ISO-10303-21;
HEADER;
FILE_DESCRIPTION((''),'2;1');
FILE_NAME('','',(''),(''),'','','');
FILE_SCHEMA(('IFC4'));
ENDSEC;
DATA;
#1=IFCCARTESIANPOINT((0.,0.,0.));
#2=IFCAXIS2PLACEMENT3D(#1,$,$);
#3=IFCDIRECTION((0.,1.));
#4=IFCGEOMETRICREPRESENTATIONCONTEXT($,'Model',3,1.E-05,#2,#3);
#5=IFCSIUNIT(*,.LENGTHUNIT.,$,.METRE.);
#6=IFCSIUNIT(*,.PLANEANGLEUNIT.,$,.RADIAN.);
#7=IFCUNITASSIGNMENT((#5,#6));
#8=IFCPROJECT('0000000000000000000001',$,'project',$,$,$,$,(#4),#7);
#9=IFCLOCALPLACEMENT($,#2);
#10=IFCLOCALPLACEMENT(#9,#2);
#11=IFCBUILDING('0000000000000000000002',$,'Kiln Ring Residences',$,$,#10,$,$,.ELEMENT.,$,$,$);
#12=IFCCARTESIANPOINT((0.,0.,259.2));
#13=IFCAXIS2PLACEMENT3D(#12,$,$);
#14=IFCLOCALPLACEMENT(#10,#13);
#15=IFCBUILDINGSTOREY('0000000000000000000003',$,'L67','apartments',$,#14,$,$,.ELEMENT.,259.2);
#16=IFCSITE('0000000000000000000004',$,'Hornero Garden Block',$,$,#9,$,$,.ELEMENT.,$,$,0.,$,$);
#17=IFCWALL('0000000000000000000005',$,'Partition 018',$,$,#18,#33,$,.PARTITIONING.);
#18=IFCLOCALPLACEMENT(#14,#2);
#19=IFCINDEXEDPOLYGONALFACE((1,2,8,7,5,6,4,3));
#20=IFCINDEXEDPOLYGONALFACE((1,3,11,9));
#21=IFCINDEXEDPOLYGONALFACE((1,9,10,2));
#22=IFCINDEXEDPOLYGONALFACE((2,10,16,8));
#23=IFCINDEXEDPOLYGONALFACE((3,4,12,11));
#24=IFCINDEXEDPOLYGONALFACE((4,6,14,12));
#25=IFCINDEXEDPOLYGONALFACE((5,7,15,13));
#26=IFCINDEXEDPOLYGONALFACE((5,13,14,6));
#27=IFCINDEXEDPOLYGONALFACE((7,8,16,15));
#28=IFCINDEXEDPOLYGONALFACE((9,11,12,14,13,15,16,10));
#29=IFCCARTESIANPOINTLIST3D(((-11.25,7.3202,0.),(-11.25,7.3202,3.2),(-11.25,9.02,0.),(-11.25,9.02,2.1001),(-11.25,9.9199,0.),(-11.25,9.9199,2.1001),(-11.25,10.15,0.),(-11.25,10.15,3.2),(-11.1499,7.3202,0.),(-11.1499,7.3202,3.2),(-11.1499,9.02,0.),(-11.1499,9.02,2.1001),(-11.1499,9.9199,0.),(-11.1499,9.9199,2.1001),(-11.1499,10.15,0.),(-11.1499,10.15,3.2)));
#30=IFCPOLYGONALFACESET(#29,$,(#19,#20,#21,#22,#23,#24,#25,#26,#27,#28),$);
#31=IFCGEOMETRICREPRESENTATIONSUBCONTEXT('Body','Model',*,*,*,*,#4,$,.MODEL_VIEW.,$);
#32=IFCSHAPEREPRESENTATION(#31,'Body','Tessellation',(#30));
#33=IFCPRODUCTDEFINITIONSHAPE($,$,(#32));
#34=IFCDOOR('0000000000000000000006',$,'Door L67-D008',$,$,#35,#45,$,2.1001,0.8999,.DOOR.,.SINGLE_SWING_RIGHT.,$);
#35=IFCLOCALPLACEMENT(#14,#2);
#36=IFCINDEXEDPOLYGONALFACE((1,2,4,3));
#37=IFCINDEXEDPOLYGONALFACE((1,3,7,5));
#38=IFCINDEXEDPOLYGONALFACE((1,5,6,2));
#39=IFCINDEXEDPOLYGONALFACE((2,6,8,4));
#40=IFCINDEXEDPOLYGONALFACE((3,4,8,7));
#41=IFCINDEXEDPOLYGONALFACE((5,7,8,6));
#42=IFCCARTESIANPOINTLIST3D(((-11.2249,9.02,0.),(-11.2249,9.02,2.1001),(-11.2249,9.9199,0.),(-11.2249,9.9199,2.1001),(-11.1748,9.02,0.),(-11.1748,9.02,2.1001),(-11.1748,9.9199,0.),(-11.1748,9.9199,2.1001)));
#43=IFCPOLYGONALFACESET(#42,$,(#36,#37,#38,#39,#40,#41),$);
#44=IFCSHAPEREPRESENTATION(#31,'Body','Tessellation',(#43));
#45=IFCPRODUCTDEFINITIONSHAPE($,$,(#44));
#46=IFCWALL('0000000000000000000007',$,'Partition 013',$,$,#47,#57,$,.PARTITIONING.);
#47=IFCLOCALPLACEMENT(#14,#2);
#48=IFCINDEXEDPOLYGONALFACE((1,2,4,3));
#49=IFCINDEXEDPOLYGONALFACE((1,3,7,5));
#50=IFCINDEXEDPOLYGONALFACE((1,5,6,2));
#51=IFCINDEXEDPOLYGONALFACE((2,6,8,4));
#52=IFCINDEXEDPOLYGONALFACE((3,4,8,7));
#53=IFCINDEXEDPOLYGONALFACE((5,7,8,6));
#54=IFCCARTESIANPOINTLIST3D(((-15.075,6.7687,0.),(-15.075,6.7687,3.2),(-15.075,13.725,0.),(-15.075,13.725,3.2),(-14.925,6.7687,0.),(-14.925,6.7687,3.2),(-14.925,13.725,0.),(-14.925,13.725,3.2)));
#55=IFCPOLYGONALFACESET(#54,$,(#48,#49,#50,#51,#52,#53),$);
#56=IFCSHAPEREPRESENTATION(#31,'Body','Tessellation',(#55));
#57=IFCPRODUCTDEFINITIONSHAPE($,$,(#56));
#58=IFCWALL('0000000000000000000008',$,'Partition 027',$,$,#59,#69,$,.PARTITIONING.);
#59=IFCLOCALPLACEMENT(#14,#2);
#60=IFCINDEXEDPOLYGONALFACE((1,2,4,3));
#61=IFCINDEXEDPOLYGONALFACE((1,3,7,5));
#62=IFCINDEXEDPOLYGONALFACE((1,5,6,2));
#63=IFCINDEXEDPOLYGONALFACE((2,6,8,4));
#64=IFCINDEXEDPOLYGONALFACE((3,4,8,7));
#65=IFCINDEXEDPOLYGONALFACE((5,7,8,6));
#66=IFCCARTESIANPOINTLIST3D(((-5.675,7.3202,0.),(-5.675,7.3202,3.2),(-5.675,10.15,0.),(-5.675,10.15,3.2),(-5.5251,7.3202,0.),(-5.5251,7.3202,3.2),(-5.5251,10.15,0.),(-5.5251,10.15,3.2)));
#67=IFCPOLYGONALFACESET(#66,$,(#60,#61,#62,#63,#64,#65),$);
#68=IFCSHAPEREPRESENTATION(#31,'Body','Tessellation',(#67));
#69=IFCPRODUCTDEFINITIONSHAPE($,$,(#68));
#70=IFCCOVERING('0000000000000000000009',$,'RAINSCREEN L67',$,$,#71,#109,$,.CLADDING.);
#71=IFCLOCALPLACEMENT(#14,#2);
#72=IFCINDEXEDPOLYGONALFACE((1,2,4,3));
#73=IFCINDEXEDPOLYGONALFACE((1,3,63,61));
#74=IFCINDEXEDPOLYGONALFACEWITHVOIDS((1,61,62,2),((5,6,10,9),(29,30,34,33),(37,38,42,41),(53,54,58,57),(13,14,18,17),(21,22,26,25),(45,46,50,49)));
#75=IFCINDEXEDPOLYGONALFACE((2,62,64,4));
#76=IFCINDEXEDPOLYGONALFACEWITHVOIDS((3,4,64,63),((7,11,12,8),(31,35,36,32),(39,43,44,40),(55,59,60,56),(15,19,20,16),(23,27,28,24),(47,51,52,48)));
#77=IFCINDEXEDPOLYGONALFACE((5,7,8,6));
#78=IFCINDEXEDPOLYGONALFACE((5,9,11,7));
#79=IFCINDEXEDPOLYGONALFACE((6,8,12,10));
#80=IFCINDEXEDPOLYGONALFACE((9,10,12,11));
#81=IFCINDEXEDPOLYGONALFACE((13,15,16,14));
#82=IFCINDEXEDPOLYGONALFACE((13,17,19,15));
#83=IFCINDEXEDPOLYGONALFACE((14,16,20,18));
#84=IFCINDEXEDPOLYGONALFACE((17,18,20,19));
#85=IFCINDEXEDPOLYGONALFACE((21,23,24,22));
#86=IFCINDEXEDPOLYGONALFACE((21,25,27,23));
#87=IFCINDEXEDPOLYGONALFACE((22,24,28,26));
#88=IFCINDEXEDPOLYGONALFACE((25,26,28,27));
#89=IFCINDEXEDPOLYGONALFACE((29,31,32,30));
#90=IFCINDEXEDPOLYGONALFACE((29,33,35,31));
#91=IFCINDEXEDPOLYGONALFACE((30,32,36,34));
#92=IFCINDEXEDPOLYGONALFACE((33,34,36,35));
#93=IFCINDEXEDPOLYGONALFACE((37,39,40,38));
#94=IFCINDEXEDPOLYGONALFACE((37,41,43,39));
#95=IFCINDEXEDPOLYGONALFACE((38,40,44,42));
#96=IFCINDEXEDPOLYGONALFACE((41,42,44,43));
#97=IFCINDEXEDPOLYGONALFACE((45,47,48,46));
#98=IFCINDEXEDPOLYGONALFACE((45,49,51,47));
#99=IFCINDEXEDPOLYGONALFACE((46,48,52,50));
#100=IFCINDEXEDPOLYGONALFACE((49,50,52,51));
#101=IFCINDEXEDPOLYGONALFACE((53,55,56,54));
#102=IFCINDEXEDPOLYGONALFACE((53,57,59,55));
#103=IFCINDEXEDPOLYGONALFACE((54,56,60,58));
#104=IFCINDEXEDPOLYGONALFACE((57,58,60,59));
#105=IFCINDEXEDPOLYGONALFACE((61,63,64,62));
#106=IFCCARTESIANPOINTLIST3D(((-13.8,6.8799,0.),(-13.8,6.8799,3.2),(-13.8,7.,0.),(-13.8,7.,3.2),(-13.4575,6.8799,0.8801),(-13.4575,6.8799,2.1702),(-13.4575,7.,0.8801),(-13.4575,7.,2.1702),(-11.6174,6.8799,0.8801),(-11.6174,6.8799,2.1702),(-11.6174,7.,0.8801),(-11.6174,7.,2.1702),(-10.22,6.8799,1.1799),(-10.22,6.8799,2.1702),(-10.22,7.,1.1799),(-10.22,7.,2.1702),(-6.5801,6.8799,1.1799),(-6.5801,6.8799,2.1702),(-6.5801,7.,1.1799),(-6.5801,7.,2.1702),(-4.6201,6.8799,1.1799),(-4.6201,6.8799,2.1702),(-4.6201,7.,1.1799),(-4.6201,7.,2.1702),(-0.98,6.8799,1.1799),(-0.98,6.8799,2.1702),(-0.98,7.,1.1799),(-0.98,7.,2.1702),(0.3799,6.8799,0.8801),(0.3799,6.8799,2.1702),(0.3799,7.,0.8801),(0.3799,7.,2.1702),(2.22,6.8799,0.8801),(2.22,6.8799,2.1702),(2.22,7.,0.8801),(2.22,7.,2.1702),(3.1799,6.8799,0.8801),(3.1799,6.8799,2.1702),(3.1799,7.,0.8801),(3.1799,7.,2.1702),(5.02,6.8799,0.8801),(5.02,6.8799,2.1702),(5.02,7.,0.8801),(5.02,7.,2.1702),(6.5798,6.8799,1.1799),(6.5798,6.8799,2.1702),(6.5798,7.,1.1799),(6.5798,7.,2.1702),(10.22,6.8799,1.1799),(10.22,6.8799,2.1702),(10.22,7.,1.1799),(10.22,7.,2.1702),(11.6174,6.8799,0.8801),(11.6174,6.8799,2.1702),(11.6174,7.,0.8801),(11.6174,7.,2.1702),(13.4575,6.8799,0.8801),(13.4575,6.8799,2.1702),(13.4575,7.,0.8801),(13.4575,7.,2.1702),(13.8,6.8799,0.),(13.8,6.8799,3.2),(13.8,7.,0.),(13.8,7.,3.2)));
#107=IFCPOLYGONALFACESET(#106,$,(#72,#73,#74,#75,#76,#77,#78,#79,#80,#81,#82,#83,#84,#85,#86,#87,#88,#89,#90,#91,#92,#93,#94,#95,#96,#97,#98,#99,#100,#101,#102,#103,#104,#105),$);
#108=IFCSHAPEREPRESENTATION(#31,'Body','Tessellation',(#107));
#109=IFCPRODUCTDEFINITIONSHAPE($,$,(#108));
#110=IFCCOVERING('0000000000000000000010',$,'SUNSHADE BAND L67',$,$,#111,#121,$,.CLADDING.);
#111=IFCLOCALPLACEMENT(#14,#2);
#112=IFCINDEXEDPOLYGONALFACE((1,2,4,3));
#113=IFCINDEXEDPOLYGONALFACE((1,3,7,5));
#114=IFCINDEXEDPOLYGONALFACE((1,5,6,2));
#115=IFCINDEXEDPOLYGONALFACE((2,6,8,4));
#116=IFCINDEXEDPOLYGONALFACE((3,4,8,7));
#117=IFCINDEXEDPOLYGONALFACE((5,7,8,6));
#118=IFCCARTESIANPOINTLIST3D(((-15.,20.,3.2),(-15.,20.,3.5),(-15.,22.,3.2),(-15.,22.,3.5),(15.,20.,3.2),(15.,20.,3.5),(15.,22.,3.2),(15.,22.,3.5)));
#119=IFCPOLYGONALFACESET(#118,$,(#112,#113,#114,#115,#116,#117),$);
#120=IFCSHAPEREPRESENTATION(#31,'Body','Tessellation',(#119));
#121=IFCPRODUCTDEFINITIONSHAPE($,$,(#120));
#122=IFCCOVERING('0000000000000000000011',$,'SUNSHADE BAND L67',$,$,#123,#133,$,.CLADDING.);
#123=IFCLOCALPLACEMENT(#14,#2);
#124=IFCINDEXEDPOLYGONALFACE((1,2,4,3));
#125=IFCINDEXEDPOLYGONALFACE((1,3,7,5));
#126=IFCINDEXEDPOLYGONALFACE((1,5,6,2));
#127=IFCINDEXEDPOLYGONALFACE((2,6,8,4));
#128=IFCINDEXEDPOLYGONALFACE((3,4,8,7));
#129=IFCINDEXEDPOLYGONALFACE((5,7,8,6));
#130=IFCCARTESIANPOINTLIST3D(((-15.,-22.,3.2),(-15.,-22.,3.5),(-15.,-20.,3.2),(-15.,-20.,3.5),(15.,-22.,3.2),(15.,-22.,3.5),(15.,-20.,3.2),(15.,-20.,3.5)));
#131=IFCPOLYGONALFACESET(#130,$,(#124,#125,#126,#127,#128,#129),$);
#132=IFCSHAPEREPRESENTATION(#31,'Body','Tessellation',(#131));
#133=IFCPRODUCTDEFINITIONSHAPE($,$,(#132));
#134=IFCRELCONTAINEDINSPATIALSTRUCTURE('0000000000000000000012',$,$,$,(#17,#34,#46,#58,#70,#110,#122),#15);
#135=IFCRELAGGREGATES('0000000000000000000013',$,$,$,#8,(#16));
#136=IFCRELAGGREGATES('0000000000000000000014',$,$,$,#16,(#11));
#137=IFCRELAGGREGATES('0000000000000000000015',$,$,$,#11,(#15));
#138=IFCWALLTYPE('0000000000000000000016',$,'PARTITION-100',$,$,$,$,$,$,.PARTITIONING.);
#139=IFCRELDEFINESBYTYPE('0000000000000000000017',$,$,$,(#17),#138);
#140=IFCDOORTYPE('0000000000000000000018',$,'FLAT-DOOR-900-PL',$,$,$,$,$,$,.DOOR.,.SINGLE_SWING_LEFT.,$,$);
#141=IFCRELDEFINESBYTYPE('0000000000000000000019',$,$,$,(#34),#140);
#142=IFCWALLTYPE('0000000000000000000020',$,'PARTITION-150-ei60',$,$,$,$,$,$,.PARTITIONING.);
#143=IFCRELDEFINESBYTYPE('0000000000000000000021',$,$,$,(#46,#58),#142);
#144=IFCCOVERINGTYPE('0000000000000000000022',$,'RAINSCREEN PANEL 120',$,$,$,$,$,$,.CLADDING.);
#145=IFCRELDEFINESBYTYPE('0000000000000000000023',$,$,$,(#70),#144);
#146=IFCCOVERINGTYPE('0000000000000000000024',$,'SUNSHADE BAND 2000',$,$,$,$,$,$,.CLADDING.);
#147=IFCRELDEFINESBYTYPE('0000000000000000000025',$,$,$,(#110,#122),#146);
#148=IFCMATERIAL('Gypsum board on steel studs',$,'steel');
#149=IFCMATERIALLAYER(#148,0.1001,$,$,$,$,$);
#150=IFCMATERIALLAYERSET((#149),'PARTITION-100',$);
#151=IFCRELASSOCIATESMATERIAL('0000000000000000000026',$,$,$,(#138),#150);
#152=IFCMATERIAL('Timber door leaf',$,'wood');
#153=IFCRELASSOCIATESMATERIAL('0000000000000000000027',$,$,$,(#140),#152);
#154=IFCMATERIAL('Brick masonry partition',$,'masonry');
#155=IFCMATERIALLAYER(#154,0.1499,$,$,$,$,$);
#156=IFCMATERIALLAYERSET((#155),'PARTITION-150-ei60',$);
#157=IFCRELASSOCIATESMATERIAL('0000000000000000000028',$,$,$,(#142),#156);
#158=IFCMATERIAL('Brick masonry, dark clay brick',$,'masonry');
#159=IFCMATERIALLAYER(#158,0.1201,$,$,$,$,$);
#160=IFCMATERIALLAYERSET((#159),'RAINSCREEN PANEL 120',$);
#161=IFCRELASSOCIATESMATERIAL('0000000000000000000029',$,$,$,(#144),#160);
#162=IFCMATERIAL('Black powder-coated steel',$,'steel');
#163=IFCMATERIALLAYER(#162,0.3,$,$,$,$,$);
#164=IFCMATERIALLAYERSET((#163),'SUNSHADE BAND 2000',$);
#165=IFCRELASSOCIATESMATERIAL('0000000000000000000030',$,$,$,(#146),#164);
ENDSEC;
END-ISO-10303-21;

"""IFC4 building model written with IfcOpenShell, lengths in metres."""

from ifc_helpers import new_model, si_unit, direction, frame, frame_2d, origin, place, context, subcontext, project, spatial, polyline, rectangle, outline, extrude, material, layer, layer_set, type_object, element, fill, save


model = new_model("IFC4")

# Units and contexts
model_context = context("Model", 3, precision=1e-05, world=origin(), true_north=direction((0.0, 1.0)))
body_context = subcontext(model_context, "Body", "Model", "MODEL_VIEW")
ifc_project = project(units=[si_unit("LENGTHUNIT", "METRE"), si_unit("PLANEANGLEUNIT", "RADIAN")], contexts=[model_context])

# Site, building, storey
site_placement = place(None, origin())
site = spatial("IfcSite", under=ifc_project, at=site_placement, Name="Hornero Garden Block", CompositionType="ELEMENT", RefElevation=0.0)
building_placement = place(site_placement, origin())
building = spatial("IfcBuilding", under=site, at=building_placement, Name="Kiln Ring Residences", CompositionType="ELEMENT")
storey_placement = place(building_placement, frame((0.0, 0.0, 259.2)))
storey = spatial("IfcBuildingStorey", under=building, at=storey_placement, Name="L67", Description="apartments", CompositionType="ELEMENT", Elevation=259.2)

# Wall, opening, door
ifc_material_1 = material(Name="Gypsum board on steel studs", Category="steel")
ifc_layer_1 = layer(ifc_material_1, 0.1001)
ifc_layer_set_1 = layer_set([ifc_layer_1], Name="PARTITION-100")
wall_type_1 = type_object("IfcWallType", Name="PARTITION-100", PredefinedType="PARTITIONING", material=ifc_layer_set_1)
wall_1_placement = place(storey_placement, frame((-11.2, 7.3201, 0.0), z_axis=(0.0, 0.0, 1.0), x_axis=(0.0, 1.0, 0.0)))
wall_1 = element("IfcWall", 1, at=wall_1_placement, inside=storey, type_object=wall_type_1, Name="Partition 018", PredefinedType="PARTITIONING", context=body_context, shape_type="SweptSolid", body=[
    extrude(rectangle(XDim=2.8298, YDim=0.1001, at=frame_2d((1.415, 0.0))), origin(), (0.0, 0.0, 1.0), 3.2),
])
opening_1_placement = place(wall_1_placement, frame((1.7, 0.0, 0.0)))
opening_1 = element("IfcOpeningElement", 2, at=opening_1_placement, cuts=wall_1, PredefinedType="OPENING", context=body_context, shape_type="SweptSolid", body=[
    extrude(rectangle(XDim=0.8999, YDim=2.1001, at=frame_2d((0.45, 1.05))), frame((0.0, 0.0601, 0.0), z_axis=(0.0, -1.0, 0.0), x_axis=(1.0, 0.0, 0.0)), (0.0, 0.0, 1.0), 0.1201),
])
ifc_material_2 = material(Name="Timber door leaf", Category="wood")
door_type = type_object("IfcDoorType", Name="FLAT-DOOR-900-PL", OperationType="SINGLE_SWING_LEFT", PredefinedType="DOOR", material=ifc_material_2)
door_placement = place(opening_1_placement, origin())
door = element("IfcDoor", 3, at=door_placement, inside=storey, type_object=door_type, Name="Door L67-D008", OperationType="SINGLE_SWING_RIGHT", OverallHeight=2.1001, OverallWidth=0.8999, PredefinedType="DOOR", context=body_context, shape_type="SweptSolid", body=[
    extrude(rectangle(XDim=0.8999, YDim=2.1001, at=frame_2d((0.45, 1.05))), frame((0.0, 0.0249, 0.0), z_axis=(0.0, -1.0, 0.0), x_axis=(1.0, 0.0, 0.0)), (0.0, 0.0, 1.0), 0.05),
])
fill(opening_1, door)

# Walls
ifc_material_3 = material(Name="Brick masonry partition", Category="masonry")
ifc_layer_2 = layer(ifc_material_3, 0.1499)
ifc_layer_set_2 = layer_set([ifc_layer_2], Name="PARTITION-150-ei60")
wall_type_2 = type_object("IfcWallType", Name="PARTITION-150-ei60", PredefinedType="PARTITIONING", material=ifc_layer_set_2)
wall_2_placement = place(storey_placement, frame((-15.0, 6.7688, 0.0), z_axis=(0.0, 0.0, 1.0), x_axis=(0.0, 1.0, 0.0)))
element("IfcWall", 4, at=wall_2_placement, inside=storey, type_object=wall_type_2, Name="Partition 013", PredefinedType="PARTITIONING", context=body_context, shape_type="SweptSolid", body=[
    extrude(rectangle(XDim=6.9563, YDim=0.1499, at=frame_2d((3.478, 0.0))), origin(), (0.0, 0.0, 1.0), 3.2),
])
wall_3_placement = place(storey_placement, frame((-5.6001, 7.3201, 0.0), z_axis=(0.0, 0.0, 1.0), x_axis=(0.0, 1.0, 0.0)))
element("IfcWall", 5, at=wall_3_placement, inside=storey, type_object=wall_type_2, Name="Partition 027", PredefinedType="PARTITIONING", context=body_context, shape_type="SweptSolid", body=[
    extrude(rectangle(XDim=2.8298, YDim=0.1499, at=frame_2d((1.415, 0.0))), origin(), (0.0, 0.0, 1.0), 3.2),
])

# Coverings
ifc_material_4 = material(Name="Brick masonry, dark clay brick", Category="masonry")
ifc_layer_3 = layer(ifc_material_4, 0.1201)
ifc_layer_set_3 = layer_set([ifc_layer_3], Name="RAINSCREEN PANEL 120")
covering_type_1 = type_object("IfcCoveringType", Name="RAINSCREEN PANEL 120", PredefinedType="CLADDING", material=ifc_layer_set_3)
covering_1_placement = place(storey_placement, frame((-13.8, 6.9399, 0.0), z_axis=(0.0, 0.0, 1.0), x_axis=(1.0, 0.0, 0.0)))
element("IfcCovering", 6, at=covering_1_placement, inside=storey, type_object=covering_type_1, Name="RAINSCREEN L67", PredefinedType="CLADDING", context=body_context, shape_type="SweptSolid", body=[
    extrude(outline(polyline([(0.0, 0.0), (27.6001, 0.0), (27.6001, 3.2), (0.0, 3.2), (0.0, 0.0)]), holes=[polyline([(2.1826, 0.8801), (2.1826, 2.1702), (0.3425, 2.1702), (0.3425, 0.8801), (2.1826, 0.8801)]), polyline([(14.1799, 0.8801), (16.02, 0.8801), (16.02, 2.1702), (14.1799, 2.1702), (14.1799, 0.8801)]), polyline([(16.98, 0.8801), (18.8201, 0.8801), (18.8201, 2.1702), (16.98, 2.1702), (16.98, 0.8801)]), polyline([(25.4175, 0.8801), (27.2576, 0.8801), (27.2576, 2.1702), (25.4175, 2.1702), (25.4175, 0.8801)]), polyline([(3.5801, 1.1799), (7.22, 1.1799), (7.22, 2.1702), (3.5801, 2.1702), (3.5801, 1.1799)]), polyline([(9.1799, 1.1799), (12.8201, 1.1799), (12.8201, 2.1702), (9.1799, 2.1702), (9.1799, 1.1799)]), polyline([(20.3799, 1.1799), (24.02, 1.1799), (24.02, 2.1702), (20.3799, 2.1702), (20.3799, 1.1799)])]), frame((0.0, 0.0601, 0.0), z_axis=(0.0, -1.0, 0.0), x_axis=(1.0, 0.0, 0.0)), (0.0, 0.0, 1.0), 0.1201),
])
ifc_material_5 = material(Name="Black powder-coated steel", Category="steel")
ifc_layer_4 = layer(ifc_material_5, 0.3)
ifc_layer_set_4 = layer_set([ifc_layer_4], Name="SUNSHADE BAND 2000")
covering_type_2 = type_object("IfcCoveringType", Name="SUNSHADE BAND 2000", PredefinedType="CLADDING", material=ifc_layer_set_4)
placement = place(storey_placement, frame((0.0, 0.0, 3.2)))
element("IfcCovering", 7, at=placement, inside=storey, type_object=covering_type_2, Name="SUNSHADE BAND L67", PredefinedType="CLADDING", context=body_context, shape_type="SweptSolid", body=[
    extrude(outline(polyline([(15.0, 22.0), (-15.0, 22.0), (-15.0, 20.0), (15.0, 20.0), (15.0, 22.0)])), origin(), (0.0, 0.0, 1.0), 0.3),
])
element("IfcCovering", 8, at=placement, inside=storey, type_object=covering_type_2, Name="SUNSHADE BAND L67", PredefinedType="CLADDING", context=body_context, shape_type="SweptSolid", body=[
    extrude(outline(polyline([(-15.0, -22.0), (15.0, -22.0), (15.0, -20.0), (-15.0, -20.0), (-15.0, -22.0)])), origin(), (0.0, 0.0, 1.0), 0.3),
])

save(model, "model.ifc")
